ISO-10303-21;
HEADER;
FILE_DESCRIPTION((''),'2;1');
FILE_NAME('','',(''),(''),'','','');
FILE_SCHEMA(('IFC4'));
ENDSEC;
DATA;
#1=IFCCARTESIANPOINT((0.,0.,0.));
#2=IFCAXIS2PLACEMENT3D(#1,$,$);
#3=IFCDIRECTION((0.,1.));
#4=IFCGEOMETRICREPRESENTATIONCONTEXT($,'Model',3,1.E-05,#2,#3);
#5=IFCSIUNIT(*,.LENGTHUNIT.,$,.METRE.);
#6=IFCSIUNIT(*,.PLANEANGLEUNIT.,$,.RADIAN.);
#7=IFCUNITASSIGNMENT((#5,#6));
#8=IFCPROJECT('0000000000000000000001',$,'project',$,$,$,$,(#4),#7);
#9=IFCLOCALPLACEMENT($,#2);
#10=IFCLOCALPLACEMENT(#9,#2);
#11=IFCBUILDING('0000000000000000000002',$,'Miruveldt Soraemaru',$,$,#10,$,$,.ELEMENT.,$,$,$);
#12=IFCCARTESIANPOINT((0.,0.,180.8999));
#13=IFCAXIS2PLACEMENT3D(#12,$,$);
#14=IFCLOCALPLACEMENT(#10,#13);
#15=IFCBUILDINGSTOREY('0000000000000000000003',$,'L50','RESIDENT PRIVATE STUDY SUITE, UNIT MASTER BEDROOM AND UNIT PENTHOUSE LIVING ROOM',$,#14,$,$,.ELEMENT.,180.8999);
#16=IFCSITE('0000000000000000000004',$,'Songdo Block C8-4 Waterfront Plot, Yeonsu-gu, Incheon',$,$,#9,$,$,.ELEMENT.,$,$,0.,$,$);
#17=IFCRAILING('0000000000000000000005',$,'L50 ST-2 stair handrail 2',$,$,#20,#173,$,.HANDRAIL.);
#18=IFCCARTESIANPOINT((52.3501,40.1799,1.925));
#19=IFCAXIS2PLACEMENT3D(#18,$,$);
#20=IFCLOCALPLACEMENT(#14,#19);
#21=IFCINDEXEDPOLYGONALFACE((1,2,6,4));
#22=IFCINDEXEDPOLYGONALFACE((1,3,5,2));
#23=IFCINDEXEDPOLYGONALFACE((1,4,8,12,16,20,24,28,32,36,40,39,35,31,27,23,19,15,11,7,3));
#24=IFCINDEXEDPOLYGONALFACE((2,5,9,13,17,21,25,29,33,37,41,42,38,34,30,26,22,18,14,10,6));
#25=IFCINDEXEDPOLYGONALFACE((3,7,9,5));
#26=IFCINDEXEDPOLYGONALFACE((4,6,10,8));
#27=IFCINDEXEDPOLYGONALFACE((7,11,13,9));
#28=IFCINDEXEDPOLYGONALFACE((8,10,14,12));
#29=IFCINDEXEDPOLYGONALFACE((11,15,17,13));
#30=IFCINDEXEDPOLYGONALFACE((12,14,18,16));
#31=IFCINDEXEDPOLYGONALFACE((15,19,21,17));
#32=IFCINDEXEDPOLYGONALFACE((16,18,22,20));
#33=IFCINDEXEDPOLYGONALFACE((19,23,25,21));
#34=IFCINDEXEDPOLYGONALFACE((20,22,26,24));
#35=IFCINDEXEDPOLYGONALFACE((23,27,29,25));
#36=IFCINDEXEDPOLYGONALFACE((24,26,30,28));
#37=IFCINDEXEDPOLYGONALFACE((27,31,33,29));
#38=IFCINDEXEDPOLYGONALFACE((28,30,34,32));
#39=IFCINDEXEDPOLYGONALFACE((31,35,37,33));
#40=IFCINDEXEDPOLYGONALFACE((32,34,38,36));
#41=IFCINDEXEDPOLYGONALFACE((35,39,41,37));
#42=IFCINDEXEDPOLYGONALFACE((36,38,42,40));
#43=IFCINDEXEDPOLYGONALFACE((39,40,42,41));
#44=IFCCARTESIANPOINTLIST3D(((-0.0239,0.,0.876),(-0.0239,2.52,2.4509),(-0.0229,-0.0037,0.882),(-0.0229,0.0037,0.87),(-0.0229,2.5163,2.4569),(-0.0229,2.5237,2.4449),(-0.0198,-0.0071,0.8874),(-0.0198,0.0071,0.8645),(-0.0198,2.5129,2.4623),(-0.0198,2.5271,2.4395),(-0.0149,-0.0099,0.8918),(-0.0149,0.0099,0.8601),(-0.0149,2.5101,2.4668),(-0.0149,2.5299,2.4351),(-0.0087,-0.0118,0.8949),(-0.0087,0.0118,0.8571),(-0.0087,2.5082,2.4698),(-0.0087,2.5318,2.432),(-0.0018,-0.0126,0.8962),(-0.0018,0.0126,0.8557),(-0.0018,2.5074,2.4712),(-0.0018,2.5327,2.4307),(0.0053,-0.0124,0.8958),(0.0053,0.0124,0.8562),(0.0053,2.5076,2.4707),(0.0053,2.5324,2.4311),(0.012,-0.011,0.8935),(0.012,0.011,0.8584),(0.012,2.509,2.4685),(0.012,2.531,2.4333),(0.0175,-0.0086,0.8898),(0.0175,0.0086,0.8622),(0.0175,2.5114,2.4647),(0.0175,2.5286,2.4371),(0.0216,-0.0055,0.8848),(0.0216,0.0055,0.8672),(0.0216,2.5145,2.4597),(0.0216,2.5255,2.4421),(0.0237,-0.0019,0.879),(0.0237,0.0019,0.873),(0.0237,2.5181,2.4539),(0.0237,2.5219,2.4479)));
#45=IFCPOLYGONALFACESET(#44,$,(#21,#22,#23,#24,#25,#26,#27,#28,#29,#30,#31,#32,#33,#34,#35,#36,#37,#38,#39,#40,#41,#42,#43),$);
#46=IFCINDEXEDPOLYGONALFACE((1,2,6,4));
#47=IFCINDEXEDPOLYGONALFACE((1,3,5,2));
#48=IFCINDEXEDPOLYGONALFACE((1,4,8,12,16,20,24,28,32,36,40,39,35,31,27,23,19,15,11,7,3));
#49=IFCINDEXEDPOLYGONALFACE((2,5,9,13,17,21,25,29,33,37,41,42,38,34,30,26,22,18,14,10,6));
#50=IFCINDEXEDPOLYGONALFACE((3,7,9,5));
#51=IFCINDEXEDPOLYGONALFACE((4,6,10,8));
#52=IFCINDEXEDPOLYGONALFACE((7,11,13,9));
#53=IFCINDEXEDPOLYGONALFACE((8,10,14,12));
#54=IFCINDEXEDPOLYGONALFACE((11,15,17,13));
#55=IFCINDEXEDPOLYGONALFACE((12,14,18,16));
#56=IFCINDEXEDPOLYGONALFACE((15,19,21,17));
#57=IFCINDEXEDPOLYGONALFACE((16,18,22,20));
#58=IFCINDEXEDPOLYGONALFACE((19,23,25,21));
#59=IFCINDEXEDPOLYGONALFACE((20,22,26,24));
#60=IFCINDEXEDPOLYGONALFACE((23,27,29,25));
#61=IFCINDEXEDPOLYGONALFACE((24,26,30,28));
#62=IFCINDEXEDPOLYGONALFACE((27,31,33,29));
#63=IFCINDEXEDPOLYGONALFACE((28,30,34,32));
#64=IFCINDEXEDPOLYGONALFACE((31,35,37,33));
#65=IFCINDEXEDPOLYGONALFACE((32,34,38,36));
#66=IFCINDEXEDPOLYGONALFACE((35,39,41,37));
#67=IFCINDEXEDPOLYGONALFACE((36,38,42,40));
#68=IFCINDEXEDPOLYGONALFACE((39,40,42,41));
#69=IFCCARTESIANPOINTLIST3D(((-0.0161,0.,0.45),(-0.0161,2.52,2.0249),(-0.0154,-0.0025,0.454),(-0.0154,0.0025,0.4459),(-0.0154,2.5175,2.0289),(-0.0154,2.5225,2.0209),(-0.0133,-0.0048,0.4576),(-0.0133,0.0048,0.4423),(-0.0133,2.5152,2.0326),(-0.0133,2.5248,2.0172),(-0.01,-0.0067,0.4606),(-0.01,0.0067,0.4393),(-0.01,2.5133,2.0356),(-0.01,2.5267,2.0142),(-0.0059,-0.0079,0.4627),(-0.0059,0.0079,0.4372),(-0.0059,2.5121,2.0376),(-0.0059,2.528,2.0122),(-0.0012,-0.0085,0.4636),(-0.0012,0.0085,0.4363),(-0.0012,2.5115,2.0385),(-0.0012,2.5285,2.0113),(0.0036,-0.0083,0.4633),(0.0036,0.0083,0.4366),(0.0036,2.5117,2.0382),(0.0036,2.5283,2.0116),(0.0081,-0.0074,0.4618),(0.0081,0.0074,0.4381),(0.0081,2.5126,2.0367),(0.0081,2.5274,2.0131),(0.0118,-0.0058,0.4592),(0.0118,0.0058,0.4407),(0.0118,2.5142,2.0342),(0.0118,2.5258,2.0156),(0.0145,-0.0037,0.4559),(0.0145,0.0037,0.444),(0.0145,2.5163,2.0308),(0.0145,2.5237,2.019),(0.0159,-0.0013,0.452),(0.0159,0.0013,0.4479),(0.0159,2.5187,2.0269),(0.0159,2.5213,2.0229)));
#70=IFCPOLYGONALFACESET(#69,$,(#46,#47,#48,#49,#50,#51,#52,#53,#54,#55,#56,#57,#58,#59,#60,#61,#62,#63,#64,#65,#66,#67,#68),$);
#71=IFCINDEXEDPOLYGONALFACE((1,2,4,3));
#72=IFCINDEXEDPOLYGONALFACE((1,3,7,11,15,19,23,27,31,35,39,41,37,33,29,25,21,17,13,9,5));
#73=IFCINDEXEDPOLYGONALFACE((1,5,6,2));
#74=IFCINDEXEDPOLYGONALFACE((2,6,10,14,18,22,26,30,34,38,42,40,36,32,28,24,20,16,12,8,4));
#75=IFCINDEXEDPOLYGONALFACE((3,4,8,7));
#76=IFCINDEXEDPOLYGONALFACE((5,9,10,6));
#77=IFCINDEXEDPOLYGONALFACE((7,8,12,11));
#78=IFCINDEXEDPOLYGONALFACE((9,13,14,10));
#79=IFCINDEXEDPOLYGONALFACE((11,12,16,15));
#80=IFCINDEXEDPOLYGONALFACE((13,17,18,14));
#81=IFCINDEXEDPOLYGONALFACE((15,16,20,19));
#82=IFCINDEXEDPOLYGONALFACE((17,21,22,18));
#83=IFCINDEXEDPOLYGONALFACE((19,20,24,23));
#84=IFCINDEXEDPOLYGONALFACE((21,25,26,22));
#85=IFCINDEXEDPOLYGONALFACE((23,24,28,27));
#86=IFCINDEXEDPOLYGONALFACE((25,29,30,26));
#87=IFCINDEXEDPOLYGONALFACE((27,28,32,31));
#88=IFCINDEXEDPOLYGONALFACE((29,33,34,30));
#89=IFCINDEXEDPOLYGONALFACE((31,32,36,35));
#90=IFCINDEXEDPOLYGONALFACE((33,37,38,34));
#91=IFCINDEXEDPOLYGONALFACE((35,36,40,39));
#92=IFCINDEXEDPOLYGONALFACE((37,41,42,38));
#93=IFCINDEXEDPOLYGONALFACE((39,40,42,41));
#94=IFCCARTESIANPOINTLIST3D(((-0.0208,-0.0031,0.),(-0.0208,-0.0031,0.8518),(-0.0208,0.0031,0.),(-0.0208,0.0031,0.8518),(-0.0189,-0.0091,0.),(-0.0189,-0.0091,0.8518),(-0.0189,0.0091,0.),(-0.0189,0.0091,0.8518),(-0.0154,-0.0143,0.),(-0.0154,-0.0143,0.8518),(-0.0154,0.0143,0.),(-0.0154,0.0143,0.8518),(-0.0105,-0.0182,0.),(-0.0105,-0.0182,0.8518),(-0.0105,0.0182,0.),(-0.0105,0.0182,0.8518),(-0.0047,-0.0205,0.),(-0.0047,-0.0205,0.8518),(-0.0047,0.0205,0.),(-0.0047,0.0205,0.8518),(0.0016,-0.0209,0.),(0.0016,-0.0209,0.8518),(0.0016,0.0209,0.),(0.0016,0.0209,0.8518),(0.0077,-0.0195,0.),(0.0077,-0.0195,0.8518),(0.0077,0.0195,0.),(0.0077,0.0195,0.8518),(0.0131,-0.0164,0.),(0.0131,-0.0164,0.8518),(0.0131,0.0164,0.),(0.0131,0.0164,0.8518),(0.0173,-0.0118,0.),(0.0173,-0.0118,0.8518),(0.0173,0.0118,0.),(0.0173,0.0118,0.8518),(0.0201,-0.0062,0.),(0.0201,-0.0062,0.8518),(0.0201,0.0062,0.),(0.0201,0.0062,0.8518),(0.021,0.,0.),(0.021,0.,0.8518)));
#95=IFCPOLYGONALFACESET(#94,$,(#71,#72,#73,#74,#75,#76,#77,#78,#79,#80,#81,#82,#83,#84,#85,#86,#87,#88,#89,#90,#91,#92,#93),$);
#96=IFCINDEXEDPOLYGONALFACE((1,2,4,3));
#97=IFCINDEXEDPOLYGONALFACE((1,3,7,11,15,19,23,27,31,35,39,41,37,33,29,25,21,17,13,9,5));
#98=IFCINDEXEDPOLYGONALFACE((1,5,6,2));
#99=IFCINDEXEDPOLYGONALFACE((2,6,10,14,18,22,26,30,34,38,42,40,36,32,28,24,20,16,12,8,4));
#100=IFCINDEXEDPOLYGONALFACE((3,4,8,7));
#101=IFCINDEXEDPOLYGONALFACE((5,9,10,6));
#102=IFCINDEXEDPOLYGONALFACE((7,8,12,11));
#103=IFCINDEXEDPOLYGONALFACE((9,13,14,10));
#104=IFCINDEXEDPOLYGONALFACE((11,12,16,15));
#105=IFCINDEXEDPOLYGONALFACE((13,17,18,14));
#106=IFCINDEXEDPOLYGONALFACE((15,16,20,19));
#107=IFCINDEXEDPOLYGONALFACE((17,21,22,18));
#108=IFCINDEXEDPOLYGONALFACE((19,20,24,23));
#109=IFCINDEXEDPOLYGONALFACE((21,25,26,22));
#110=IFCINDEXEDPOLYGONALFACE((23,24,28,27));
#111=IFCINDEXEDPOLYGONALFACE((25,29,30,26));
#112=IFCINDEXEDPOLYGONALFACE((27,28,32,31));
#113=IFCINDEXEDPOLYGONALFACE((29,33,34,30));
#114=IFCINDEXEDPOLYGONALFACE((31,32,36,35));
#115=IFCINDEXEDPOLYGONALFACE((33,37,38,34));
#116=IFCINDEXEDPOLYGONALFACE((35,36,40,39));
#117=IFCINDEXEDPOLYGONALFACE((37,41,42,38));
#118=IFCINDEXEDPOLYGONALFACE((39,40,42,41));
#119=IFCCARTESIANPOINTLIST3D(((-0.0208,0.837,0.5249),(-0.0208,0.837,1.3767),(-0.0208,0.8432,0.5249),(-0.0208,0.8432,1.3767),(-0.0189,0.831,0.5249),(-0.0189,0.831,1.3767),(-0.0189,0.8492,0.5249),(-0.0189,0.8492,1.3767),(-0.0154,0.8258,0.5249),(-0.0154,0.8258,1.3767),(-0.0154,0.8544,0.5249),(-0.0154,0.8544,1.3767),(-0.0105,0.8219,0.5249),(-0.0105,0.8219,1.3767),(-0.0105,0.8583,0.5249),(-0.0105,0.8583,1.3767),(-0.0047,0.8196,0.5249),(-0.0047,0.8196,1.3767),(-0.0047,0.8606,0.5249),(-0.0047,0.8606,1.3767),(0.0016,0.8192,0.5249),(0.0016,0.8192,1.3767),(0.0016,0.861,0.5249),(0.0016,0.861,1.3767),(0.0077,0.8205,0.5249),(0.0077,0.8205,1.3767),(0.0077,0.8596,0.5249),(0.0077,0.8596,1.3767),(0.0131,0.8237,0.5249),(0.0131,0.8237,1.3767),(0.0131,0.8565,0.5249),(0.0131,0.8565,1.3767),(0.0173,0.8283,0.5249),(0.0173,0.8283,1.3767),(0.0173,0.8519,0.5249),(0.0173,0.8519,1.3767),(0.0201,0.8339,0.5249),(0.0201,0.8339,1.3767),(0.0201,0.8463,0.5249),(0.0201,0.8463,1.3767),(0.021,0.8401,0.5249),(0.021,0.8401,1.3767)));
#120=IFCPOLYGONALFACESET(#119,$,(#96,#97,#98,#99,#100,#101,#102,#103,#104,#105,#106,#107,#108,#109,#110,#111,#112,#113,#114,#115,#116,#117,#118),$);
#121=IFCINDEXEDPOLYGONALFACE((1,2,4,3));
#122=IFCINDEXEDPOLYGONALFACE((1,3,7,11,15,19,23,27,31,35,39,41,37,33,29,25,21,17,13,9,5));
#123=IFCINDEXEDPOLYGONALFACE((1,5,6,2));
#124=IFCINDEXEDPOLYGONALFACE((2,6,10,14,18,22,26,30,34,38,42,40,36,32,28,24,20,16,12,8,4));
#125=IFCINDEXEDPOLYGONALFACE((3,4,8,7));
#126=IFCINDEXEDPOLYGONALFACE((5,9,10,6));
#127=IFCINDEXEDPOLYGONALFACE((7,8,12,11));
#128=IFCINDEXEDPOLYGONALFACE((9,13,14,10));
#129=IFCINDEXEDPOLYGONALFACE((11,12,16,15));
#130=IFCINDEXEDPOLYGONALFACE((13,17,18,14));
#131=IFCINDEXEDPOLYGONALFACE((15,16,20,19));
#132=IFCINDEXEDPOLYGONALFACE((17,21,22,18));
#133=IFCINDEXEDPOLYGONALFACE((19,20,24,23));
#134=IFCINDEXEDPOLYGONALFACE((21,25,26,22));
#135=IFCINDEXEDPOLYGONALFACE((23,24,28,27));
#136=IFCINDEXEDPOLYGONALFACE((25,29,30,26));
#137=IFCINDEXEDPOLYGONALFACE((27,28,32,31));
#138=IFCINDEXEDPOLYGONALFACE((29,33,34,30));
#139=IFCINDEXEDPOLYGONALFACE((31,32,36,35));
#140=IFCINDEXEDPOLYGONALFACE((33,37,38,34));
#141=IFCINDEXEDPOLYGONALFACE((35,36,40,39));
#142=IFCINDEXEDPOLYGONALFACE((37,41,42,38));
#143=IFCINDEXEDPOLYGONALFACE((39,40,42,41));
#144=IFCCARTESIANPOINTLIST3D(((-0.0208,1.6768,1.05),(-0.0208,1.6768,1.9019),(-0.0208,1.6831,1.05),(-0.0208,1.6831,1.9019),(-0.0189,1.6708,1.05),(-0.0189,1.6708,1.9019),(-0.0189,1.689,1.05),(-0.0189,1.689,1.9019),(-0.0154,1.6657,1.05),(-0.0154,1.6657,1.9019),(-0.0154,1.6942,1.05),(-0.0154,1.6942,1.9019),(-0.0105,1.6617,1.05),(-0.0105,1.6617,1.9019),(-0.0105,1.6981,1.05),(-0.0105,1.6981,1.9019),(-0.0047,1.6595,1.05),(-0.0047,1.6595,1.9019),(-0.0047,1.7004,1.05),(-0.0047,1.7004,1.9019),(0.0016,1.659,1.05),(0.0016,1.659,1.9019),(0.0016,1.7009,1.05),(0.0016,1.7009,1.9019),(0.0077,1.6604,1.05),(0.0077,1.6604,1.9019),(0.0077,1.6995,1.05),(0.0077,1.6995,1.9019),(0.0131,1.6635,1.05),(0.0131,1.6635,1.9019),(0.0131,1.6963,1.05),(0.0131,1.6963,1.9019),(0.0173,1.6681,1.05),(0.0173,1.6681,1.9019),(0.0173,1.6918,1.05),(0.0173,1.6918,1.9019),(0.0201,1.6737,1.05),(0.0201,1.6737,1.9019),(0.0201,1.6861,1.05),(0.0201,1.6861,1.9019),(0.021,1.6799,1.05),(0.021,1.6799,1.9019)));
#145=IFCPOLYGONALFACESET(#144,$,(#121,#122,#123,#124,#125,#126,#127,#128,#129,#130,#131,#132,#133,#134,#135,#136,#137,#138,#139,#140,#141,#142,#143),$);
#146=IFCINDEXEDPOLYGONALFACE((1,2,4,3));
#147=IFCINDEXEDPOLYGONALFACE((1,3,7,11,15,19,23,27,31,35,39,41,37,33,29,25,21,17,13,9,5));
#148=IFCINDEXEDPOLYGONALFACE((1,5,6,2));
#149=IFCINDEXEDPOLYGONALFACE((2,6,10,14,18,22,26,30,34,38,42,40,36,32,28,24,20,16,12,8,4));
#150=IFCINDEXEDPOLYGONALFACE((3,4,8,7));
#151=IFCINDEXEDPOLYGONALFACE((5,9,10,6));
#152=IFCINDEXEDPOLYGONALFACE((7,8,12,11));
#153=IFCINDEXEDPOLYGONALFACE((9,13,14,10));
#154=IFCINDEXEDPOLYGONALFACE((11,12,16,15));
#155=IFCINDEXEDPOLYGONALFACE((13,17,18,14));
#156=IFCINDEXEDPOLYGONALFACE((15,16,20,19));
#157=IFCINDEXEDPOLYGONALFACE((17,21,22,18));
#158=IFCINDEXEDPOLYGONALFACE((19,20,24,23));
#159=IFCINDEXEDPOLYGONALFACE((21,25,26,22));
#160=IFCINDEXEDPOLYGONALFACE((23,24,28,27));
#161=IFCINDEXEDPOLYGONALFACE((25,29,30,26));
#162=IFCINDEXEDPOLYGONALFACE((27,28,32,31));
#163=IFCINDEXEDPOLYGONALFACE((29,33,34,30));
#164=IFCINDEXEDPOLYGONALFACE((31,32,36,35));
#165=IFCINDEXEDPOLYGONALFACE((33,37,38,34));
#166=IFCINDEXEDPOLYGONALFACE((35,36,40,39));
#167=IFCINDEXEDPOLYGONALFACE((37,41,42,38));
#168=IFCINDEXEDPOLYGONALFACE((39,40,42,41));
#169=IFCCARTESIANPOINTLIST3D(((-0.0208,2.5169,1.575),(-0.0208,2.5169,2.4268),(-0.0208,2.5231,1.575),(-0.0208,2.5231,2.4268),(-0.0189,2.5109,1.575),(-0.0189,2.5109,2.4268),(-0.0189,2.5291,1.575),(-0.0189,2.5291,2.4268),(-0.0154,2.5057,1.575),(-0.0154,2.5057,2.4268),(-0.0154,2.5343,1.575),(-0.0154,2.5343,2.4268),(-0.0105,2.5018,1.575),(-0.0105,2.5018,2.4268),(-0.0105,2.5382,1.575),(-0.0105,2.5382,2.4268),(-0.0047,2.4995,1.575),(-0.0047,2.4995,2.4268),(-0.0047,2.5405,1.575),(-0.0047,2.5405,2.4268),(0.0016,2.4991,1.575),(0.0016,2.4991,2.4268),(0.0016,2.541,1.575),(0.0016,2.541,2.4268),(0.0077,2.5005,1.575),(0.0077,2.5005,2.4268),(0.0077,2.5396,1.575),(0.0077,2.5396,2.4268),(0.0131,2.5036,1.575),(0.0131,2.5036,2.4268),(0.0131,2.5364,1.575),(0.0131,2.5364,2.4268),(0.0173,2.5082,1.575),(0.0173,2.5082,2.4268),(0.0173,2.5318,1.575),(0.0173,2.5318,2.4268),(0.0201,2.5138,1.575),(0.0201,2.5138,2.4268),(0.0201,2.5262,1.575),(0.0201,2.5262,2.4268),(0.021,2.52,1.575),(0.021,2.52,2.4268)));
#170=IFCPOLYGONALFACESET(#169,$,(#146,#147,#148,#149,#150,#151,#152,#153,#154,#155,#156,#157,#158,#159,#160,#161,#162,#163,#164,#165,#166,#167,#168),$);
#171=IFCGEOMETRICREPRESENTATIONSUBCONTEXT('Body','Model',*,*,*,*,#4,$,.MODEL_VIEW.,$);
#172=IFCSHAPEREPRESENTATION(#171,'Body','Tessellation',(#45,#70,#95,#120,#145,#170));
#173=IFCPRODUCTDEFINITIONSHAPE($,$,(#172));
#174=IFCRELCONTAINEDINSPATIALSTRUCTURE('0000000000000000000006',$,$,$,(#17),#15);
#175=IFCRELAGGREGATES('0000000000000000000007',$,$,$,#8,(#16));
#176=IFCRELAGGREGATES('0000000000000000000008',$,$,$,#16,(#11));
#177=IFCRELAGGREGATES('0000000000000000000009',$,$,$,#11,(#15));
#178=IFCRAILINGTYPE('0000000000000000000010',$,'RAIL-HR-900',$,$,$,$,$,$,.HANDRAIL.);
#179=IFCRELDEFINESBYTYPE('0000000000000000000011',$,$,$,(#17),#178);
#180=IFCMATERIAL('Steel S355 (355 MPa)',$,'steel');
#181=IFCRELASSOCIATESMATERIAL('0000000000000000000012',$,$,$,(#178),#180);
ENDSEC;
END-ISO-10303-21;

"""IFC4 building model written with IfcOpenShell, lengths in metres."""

from ifc_helpers import new_model, si_unit, direction, frame, origin, origin_2d, place, context, subcontext, project, spatial, circle, extrude, material, type_object, element, save


model = new_model("IFC4")

# Units and contexts
model_context = context("Model", 3, precision=1e-05, world=origin(), true_north=direction((0.0, 1.0)))
body_context = subcontext(model_context, "Body", "Model", "MODEL_VIEW")
ifc_project = project(units=[si_unit("LENGTHUNIT", "METRE"), si_unit("PLANEANGLEUNIT", "RADIAN")], contexts=[model_context])

# Site, building, storey
site_placement = place(None, origin())
site = spatial("IfcSite", under=ifc_project, at=site_placement, Name="Songdo Block C8-4 Waterfront Plot, Yeonsu-gu, Incheon", CompositionType="ELEMENT", RefElevation=0.0)
building_placement = place(site_placement, origin())
building = spatial("IfcBuilding", under=site, at=building_placement, Name="Miruveldt Soraemaru", CompositionType="ELEMENT")
storey_placement = place(building_placement, frame((0.0, 0.0, 180.8999)))
storey = spatial("IfcBuildingStorey", under=building, at=storey_placement, Name="L50", Description="RESIDENT PRIVATE STUDY SUITE, UNIT MASTER BEDROOM AND UNIT PENTHOUSE LIVING ROOM", CompositionType="ELEMENT", Elevation=180.8999)

# Railing
ifc_material_1 = material(Name="Steel S355 (355 MPa)", Category="steel")
railing_type_1 = type_object("IfcRailingType", Name="RAIL-HR-900", PredefinedType="HANDRAIL", material=ifc_material_1)
railing_1_placement = place(storey_placement, frame((52.3501, 40.1799, 1.925)))
element("IfcRailing", 1, at=railing_1_placement, inside=storey, type_object=railing_type_1, Name="L50 ST-2 stair handrail 2", PredefinedType="HANDRAIL", context=body_context, shape_type="SweptSolid", body=[
    extrude(circle(Radius=0.0239, at=origin_2d()), frame((0.0, 0.0, 0.876), z_axis=(0.0, 0.848008, 0.529984), x_axis=(-1.0, 0.0, 0.0)), (0.0, 0.0, 1.0), 2.9717),
    extrude(circle(Radius=0.0161, at=origin_2d()), frame((0.0, 0.0, 0.45), z_axis=(0.0, 0.848008, 0.529984), x_axis=(-1.0, 0.0, 0.0)), (0.0, 0.0, 1.0), 2.9717),
    extrude(circle(Radius=0.021, at=origin_2d()), origin(), (0.0, 0.0, 1.0), 0.8518),
    extrude(circle(Radius=0.021, at=origin_2d()), frame((0.0, 0.8401, 0.5249)), (0.0, 0.0, 1.0), 0.8518),
    extrude(circle(Radius=0.021, at=origin_2d()), frame((0.0, 1.6799, 1.05)), (0.0, 0.0, 1.0), 0.8518),
    extrude(circle(Radius=0.021, at=origin_2d()), frame((0.0, 2.52, 1.575)), (0.0, 0.0, 1.0), 0.8518),
])

save(model, "model.ifc")
